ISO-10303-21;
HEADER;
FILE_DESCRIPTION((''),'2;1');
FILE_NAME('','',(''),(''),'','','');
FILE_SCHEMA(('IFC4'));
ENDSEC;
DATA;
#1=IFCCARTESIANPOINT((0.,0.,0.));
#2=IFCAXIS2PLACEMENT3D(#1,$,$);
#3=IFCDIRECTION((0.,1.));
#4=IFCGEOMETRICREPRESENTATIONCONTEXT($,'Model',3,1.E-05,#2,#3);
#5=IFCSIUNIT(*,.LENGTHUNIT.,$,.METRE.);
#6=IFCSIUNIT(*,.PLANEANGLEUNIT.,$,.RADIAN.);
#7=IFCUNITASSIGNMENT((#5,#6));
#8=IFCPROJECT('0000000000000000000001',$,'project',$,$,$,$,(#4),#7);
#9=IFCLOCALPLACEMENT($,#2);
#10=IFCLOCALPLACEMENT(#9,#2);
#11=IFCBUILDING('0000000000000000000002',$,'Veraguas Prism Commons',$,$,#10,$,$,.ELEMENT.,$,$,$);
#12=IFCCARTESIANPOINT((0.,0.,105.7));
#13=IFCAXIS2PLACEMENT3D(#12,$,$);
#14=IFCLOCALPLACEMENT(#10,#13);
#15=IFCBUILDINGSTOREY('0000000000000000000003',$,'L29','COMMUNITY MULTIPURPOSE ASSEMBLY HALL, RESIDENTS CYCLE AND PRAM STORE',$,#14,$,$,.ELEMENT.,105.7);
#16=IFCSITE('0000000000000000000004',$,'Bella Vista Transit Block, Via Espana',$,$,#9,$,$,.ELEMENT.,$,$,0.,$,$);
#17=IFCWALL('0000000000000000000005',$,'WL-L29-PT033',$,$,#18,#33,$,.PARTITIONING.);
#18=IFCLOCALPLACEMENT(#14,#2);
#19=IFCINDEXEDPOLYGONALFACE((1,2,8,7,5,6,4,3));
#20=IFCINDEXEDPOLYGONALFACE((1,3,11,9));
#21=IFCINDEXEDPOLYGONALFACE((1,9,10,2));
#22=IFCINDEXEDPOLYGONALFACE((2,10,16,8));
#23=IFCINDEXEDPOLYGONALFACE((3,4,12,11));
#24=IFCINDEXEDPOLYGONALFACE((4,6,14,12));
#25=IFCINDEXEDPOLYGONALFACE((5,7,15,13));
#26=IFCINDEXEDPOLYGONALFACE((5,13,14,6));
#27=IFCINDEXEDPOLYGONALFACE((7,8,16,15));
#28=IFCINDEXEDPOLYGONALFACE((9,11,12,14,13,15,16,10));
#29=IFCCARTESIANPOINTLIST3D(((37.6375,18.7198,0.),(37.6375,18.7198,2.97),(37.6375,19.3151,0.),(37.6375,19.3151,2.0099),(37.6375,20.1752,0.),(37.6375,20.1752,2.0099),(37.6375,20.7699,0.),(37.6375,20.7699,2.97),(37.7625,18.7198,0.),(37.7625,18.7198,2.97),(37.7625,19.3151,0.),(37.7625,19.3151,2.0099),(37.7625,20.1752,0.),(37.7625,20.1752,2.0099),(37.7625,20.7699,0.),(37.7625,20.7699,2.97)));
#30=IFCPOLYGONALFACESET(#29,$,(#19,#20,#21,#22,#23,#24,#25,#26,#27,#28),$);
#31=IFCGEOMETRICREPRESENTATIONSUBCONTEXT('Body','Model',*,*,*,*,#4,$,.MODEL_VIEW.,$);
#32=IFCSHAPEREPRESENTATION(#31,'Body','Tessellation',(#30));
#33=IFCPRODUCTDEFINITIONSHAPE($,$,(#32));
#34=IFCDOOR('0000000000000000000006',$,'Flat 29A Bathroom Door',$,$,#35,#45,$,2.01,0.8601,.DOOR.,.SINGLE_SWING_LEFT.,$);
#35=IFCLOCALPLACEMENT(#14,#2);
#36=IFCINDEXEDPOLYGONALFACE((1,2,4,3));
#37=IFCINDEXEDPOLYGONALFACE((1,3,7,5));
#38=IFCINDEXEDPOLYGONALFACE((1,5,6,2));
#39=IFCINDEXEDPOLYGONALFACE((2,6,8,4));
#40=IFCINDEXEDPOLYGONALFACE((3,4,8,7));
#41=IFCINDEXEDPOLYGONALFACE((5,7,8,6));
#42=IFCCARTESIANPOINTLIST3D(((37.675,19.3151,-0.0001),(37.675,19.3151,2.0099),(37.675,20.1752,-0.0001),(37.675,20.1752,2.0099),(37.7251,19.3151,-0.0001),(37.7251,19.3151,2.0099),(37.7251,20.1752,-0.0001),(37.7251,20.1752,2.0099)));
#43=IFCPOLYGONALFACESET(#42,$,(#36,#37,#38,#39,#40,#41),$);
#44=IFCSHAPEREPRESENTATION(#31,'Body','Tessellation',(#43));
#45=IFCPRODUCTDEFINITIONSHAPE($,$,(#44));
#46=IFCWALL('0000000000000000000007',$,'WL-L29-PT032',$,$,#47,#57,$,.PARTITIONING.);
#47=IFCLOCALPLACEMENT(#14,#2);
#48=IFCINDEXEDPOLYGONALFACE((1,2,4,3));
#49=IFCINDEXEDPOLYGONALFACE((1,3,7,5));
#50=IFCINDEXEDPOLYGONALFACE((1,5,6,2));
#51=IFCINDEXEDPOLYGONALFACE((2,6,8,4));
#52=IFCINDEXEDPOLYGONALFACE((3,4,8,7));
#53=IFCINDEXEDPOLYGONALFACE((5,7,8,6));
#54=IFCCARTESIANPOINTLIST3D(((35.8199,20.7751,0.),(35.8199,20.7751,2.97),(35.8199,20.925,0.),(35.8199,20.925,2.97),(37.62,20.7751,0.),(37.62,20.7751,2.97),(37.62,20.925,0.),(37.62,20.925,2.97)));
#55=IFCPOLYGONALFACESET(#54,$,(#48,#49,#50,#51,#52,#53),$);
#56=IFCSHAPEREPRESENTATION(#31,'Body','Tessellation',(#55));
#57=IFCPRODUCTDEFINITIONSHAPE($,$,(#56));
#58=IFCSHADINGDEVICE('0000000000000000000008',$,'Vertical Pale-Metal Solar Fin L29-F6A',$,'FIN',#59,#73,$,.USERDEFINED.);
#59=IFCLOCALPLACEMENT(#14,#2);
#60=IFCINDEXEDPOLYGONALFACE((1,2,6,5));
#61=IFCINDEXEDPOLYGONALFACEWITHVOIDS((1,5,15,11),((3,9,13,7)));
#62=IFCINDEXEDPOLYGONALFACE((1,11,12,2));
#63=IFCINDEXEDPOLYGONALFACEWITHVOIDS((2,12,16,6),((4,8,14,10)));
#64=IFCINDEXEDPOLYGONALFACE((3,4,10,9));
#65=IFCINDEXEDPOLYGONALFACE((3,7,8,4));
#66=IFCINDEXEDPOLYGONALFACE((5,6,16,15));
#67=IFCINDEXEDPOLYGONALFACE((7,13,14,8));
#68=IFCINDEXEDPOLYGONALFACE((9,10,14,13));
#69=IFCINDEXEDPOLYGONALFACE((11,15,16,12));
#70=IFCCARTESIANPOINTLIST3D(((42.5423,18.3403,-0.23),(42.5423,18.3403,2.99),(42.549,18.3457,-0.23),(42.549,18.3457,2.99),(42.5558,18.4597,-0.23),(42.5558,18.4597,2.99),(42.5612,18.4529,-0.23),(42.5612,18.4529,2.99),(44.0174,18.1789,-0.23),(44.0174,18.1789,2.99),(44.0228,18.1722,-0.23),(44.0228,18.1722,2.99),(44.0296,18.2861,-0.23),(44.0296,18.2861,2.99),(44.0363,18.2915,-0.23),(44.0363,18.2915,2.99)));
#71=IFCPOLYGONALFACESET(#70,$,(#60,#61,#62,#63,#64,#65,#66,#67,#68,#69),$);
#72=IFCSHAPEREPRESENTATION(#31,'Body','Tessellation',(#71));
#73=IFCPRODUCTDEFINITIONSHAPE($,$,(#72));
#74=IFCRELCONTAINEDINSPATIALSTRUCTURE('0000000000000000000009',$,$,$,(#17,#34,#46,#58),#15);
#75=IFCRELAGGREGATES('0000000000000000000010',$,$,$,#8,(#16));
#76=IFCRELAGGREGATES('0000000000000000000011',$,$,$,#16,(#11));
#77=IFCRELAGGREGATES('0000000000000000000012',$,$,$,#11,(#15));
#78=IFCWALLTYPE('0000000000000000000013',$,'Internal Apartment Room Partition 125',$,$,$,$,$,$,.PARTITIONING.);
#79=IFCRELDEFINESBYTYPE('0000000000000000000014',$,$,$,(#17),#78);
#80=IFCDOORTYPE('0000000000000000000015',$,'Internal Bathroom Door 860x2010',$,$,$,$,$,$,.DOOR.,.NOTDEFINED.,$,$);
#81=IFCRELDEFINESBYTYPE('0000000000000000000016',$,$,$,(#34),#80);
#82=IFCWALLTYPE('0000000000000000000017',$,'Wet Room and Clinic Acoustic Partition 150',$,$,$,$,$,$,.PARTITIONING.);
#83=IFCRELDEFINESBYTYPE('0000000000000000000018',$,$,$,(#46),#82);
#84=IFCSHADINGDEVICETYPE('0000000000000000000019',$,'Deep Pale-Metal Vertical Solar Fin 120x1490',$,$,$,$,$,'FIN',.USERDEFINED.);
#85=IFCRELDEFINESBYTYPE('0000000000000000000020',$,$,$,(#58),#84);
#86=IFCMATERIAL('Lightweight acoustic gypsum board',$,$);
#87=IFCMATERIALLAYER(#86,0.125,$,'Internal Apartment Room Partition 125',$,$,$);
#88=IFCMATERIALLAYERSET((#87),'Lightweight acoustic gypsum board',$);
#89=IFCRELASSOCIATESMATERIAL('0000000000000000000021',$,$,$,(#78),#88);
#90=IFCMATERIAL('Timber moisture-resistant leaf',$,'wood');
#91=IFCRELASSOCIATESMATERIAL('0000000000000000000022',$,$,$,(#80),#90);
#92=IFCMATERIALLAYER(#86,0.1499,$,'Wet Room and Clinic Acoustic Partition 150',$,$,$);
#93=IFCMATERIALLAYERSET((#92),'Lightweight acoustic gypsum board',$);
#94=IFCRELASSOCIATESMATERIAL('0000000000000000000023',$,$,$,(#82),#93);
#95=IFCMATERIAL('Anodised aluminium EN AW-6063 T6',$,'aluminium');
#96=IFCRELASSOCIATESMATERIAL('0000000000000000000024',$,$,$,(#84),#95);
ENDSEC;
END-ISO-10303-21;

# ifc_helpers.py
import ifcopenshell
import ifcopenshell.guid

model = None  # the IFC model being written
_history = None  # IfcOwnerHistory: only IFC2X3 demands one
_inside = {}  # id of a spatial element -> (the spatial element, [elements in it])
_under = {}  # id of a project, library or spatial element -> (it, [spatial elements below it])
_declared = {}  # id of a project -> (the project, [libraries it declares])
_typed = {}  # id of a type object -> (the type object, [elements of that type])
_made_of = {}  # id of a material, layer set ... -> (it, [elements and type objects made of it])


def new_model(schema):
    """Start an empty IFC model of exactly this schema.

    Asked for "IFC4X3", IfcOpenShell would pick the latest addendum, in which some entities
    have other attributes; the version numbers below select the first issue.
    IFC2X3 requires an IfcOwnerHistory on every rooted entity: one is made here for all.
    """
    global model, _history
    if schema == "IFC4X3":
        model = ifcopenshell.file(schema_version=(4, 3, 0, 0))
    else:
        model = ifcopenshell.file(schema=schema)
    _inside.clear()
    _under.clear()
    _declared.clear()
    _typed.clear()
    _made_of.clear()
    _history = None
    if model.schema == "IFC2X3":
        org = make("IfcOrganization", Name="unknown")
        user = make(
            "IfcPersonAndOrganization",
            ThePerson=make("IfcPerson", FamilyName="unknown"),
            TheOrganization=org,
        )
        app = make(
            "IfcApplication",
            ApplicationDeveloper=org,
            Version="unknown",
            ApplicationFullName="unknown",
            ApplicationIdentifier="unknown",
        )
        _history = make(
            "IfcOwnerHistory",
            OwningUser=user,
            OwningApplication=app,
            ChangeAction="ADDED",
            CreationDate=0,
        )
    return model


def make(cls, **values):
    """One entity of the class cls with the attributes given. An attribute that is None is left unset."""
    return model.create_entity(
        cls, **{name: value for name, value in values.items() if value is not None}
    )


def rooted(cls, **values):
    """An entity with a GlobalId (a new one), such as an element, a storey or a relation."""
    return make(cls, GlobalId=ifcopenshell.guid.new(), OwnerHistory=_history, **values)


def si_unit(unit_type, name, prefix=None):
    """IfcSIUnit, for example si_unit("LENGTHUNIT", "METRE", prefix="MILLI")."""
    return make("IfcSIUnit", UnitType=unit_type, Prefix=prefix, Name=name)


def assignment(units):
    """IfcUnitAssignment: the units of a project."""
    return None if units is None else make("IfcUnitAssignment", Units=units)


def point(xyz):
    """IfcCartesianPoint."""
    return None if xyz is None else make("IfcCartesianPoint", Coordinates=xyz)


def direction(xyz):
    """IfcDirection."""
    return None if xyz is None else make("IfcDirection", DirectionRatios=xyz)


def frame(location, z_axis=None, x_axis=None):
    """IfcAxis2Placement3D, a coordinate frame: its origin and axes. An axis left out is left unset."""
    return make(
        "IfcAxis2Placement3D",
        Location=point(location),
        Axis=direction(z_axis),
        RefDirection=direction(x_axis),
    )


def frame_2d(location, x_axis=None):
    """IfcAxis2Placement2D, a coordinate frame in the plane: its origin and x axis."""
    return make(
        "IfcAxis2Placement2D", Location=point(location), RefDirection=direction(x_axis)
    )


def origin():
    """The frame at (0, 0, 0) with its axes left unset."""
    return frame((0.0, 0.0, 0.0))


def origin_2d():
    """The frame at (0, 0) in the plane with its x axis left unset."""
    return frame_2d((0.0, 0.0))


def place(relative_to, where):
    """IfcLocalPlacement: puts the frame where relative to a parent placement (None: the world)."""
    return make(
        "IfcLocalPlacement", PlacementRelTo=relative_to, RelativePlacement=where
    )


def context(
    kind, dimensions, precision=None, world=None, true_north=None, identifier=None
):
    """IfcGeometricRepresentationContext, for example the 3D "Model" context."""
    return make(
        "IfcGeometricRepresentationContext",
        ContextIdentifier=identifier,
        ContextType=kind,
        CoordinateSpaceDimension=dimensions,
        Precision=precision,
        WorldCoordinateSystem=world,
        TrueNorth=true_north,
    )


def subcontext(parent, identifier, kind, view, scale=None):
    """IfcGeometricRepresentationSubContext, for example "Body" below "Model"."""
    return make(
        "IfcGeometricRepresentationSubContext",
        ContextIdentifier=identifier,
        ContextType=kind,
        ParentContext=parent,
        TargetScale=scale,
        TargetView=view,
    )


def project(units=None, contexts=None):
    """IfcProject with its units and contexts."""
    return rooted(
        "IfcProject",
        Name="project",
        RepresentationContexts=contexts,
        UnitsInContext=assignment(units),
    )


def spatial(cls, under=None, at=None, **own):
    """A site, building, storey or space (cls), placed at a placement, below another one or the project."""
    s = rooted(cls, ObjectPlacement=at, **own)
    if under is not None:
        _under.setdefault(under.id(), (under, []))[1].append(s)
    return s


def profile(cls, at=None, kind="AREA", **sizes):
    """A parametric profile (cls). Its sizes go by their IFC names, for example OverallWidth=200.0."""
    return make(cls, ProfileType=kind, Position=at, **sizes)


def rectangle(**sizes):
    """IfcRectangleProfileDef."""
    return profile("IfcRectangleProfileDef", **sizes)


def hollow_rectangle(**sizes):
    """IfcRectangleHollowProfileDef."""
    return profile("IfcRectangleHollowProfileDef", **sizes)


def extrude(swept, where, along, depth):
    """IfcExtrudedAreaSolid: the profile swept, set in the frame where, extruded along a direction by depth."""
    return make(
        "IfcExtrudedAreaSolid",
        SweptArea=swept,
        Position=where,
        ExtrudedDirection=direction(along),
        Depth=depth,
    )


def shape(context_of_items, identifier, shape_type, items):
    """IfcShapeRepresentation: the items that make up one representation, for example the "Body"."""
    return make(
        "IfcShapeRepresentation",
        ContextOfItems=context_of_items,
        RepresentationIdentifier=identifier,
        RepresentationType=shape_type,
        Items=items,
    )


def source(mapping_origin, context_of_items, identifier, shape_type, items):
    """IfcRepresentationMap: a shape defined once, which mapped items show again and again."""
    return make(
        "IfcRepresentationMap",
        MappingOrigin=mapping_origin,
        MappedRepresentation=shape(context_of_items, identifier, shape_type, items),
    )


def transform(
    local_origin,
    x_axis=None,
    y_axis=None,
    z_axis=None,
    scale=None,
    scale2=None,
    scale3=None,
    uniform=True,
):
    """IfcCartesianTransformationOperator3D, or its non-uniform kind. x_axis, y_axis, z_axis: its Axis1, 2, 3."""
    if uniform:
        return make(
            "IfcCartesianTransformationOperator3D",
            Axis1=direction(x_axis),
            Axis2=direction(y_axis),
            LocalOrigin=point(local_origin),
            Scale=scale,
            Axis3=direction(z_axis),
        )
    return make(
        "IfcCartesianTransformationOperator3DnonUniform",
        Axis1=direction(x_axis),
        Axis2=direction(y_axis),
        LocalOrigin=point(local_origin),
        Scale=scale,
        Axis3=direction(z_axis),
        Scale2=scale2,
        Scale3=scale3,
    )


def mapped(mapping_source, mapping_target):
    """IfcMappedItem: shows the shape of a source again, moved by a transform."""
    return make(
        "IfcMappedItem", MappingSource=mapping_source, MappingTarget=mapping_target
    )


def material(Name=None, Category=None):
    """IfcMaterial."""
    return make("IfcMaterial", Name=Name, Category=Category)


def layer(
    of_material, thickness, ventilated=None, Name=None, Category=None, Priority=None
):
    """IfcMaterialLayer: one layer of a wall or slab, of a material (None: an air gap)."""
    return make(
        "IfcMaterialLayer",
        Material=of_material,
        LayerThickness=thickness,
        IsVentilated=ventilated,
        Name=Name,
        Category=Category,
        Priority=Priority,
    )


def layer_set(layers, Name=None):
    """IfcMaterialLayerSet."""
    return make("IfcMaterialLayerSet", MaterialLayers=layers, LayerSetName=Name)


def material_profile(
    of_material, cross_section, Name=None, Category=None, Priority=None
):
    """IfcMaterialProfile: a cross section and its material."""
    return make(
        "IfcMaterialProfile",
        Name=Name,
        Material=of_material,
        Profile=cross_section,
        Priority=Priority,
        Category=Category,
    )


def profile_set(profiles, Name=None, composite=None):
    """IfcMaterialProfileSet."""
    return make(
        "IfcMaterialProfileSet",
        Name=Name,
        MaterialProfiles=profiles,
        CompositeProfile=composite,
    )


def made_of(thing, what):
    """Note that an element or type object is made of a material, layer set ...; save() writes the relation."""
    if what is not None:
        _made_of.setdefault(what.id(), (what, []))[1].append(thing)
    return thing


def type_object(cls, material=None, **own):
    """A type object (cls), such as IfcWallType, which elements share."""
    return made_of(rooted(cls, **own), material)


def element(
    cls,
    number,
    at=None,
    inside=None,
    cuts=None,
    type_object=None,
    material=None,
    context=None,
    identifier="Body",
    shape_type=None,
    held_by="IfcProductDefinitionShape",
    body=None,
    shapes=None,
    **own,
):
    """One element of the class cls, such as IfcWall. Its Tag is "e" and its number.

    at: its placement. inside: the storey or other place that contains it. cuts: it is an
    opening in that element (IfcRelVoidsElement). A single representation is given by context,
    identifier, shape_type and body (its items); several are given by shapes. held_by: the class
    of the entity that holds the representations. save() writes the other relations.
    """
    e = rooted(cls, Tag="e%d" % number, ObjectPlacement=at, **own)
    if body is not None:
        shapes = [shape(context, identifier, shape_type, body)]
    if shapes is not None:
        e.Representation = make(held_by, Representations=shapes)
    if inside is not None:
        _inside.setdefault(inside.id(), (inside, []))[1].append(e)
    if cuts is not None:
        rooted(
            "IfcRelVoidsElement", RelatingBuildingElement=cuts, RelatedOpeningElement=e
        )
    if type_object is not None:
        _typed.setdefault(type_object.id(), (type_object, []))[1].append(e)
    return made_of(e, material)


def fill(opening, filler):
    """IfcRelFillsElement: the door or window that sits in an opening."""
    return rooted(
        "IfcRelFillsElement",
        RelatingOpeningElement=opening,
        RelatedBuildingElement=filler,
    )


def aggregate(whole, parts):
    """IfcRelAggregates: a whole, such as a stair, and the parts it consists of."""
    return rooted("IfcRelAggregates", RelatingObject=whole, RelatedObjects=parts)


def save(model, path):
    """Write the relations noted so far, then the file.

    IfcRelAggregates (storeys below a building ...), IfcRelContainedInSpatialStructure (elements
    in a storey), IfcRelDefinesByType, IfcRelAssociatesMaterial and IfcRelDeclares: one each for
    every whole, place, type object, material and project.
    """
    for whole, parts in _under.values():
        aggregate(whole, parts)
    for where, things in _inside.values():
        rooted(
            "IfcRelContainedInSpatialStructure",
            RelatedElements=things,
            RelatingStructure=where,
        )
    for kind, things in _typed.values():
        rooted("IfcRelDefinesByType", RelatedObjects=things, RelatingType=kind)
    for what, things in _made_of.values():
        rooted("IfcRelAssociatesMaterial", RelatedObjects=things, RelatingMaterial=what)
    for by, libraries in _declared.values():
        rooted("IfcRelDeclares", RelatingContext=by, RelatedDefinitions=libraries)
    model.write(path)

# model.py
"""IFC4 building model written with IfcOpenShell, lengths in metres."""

from ifc_helpers import new_model, si_unit, direction, frame, frame_2d, origin, origin_2d, place, context, subcontext, project, spatial, rectangle, hollow_rectangle, extrude, source, transform, mapped, material, layer, layer_set, material_profile, profile_set, type_object, element, fill, save


model = new_model("IFC4")

# Units and contexts
model_context = context("Model", 3, precision=1e-05, world=origin(), true_north=direction((0.0, 1.0)))
body_context = subcontext(model_context, "Body", "Model", "MODEL_VIEW")
ifc_project = project(units=[si_unit("LENGTHUNIT", "METRE"), si_unit("PLANEANGLEUNIT", "RADIAN")], contexts=[model_context])

# Site, building, storey
site_placement = place(None, origin())
site = spatial("IfcSite", under=ifc_project, at=site_placement, Name="Bella Vista Transit Block, Via Espana", CompositionType="ELEMENT", RefElevation=0.0)
building_placement = place(site_placement, origin())
building = spatial("IfcBuilding", under=site, at=building_placement, Name="Veraguas Prism Commons", CompositionType="ELEMENT")
storey_placement = place(building_placement, frame((0.0, 0.0, 105.7)))
storey = spatial("IfcBuildingStorey", under=building, at=storey_placement, Name="L29", Description="COMMUNITY MULTIPURPOSE ASSEMBLY HALL, RESIDENTS CYCLE AND PRAM STORE", CompositionType="ELEMENT", Elevation=105.7)

# Shared definitions
ifc_material_1 = material(Name="Anodised aluminium EN AW-6063 T6", Category="aluminium")

# Wall, opening, door
ifc_material_2 = material(Name="Lightweight acoustic gypsum board")
ifc_layer_1 = layer(ifc_material_2, 0.125, Name="Internal Apartment Room Partition 125")
ifc_layer_set_1 = layer_set([ifc_layer_1], Name="Lightweight acoustic gypsum board")
wall_type_1 = type_object("IfcWallType", Name="Internal Apartment Room Partition 125", PredefinedType="PARTITIONING", material=ifc_layer_set_1)
wall_1_placement = place(storey_placement, frame((37.7, 18.72, 0.0), z_axis=(0.0, 0.0, 1.0), x_axis=(0.0, 1.0, 0.0)))
wall_1 = element("IfcWall", 1, at=wall_1_placement, inside=storey, type_object=wall_type_1, Name="WL-L29-PT033", PredefinedType="PARTITIONING", context=body_context, shape_type="SweptSolid", body=[
    extrude(rectangle(XDim=2.05, YDim=0.125, at=frame_2d((1.0249, 0.0))), origin(), (0.0, 0.0, 1.0), 2.97),
])
opening_1_placement = place(wall_1_placement, frame((0.595, 0.0, 0.0)))
opening_1 = element("IfcOpeningElement", 2, at=opening_1_placement, cuts=wall_1, PredefinedType="OPENING", context=body_context, shape_type="SweptSolid", body=[
    extrude(rectangle(XDim=0.8601, YDim=2.01, at=frame_2d((0.4302, 1.0049))), frame((0.0, 0.0725, 0.0), z_axis=(0.0, -1.0, 0.0), x_axis=(1.0, 0.0, 0.0)), (0.0, 0.0, 1.0), 0.145),
])
ifc_material_3 = material(Name="Timber moisture-resistant leaf", Category="wood")
door_type_1 = type_object("IfcDoorType", Name="Internal Bathroom Door 860x2010", OperationType="NOTDEFINED", PredefinedType="DOOR", material=ifc_material_3)
shared_shape_1 = source(origin(), body_context, "Body", "SweptSolid", [
    extrude(rectangle(XDim=0.8601, YDim=2.01, at=frame_2d((0.4302, 1.0049))), frame((0.0, 0.0249, 0.0), z_axis=(0.0, -1.0, 0.0), x_axis=(1.0, 0.0, 0.0)), (0.0, 0.0, 1.0), 0.05),
])
door_1_placement = place(opening_1_placement, origin())
door_1 = element("IfcDoor", 3, at=door_1_placement, inside=storey, type_object=door_type_1, Name="Flat 29A Bathroom Door", OperationType="SINGLE_SWING_LEFT", OverallHeight=2.01, OverallWidth=0.8601, PredefinedType="DOOR", context=body_context, shape_type="MappedRepresentation", body=[
    mapped(shared_shape_1, transform((0.0, 0.0, 0.0), scale=1.0)),
])
fill(opening_1, door_1)

# Wall
ifc_layer_2 = layer(ifc_material_2, 0.1499, Name="Wet Room and Clinic Acoustic Partition 150")
ifc_layer_set_2 = layer_set([ifc_layer_2], Name="Lightweight acoustic gypsum board")
wall_type_2 = type_object("IfcWallType", Name="Wet Room and Clinic Acoustic Partition 150", PredefinedType="PARTITIONING", material=ifc_layer_set_2)
wall_2_placement = place(storey_placement, frame((35.8201, 20.8501, 0.0), z_axis=(0.0, 0.0, 1.0), x_axis=(1.0, 0.0, 0.0)))
element("IfcWall", 4, at=wall_2_placement, inside=storey, type_object=wall_type_2, Name="WL-L29-PT032", PredefinedType="PARTITIONING", context=body_context, shape_type="SweptSolid", body=[
    extrude(rectangle(XDim=1.8, YDim=0.1499, at=frame_2d((0.8999, 0.0))), origin(), (0.0, 0.0, 1.0), 2.97),
])

# Shading device
ifc_material_profile_1 = material_profile(ifc_material_1, hollow_rectangle(XDim=0.1201, YDim=1.49, WallThickness=0.0061, at=origin_2d()), Name="FIN120X1490X6")
ifc_profile_set_1 = profile_set([ifc_material_profile_1], Name="Anodised aluminium EN AW-6063 T6")
shading_device_type = type_object("IfcShadingDeviceType", Name="Deep Pale-Metal Vertical Solar Fin 120x1490", ElementType="FIN", PredefinedType="USERDEFINED", material=ifc_profile_set_1)
shading_device_placement = place(storey_placement, frame((43.2893, 18.3159, -0.23), z_axis=(0.0, 0.0, 1.0), x_axis=(0.11286, 0.993611, 0.0)))
element("IfcShadingDevice", 5, at=shading_device_placement, inside=storey, type_object=shading_device_type, Name="Vertical Pale-Metal Solar Fin L29-F6A", ObjectType="FIN", PredefinedType="USERDEFINED", context=body_context, shape_type="SweptSolid", body=[
    extrude(hollow_rectangle(XDim=0.1201, YDim=1.49, WallThickness=0.0061, at=origin_2d()), origin(), (0.0, 0.0, 1.0), 3.22),
])

save(model, "model.ifc")
